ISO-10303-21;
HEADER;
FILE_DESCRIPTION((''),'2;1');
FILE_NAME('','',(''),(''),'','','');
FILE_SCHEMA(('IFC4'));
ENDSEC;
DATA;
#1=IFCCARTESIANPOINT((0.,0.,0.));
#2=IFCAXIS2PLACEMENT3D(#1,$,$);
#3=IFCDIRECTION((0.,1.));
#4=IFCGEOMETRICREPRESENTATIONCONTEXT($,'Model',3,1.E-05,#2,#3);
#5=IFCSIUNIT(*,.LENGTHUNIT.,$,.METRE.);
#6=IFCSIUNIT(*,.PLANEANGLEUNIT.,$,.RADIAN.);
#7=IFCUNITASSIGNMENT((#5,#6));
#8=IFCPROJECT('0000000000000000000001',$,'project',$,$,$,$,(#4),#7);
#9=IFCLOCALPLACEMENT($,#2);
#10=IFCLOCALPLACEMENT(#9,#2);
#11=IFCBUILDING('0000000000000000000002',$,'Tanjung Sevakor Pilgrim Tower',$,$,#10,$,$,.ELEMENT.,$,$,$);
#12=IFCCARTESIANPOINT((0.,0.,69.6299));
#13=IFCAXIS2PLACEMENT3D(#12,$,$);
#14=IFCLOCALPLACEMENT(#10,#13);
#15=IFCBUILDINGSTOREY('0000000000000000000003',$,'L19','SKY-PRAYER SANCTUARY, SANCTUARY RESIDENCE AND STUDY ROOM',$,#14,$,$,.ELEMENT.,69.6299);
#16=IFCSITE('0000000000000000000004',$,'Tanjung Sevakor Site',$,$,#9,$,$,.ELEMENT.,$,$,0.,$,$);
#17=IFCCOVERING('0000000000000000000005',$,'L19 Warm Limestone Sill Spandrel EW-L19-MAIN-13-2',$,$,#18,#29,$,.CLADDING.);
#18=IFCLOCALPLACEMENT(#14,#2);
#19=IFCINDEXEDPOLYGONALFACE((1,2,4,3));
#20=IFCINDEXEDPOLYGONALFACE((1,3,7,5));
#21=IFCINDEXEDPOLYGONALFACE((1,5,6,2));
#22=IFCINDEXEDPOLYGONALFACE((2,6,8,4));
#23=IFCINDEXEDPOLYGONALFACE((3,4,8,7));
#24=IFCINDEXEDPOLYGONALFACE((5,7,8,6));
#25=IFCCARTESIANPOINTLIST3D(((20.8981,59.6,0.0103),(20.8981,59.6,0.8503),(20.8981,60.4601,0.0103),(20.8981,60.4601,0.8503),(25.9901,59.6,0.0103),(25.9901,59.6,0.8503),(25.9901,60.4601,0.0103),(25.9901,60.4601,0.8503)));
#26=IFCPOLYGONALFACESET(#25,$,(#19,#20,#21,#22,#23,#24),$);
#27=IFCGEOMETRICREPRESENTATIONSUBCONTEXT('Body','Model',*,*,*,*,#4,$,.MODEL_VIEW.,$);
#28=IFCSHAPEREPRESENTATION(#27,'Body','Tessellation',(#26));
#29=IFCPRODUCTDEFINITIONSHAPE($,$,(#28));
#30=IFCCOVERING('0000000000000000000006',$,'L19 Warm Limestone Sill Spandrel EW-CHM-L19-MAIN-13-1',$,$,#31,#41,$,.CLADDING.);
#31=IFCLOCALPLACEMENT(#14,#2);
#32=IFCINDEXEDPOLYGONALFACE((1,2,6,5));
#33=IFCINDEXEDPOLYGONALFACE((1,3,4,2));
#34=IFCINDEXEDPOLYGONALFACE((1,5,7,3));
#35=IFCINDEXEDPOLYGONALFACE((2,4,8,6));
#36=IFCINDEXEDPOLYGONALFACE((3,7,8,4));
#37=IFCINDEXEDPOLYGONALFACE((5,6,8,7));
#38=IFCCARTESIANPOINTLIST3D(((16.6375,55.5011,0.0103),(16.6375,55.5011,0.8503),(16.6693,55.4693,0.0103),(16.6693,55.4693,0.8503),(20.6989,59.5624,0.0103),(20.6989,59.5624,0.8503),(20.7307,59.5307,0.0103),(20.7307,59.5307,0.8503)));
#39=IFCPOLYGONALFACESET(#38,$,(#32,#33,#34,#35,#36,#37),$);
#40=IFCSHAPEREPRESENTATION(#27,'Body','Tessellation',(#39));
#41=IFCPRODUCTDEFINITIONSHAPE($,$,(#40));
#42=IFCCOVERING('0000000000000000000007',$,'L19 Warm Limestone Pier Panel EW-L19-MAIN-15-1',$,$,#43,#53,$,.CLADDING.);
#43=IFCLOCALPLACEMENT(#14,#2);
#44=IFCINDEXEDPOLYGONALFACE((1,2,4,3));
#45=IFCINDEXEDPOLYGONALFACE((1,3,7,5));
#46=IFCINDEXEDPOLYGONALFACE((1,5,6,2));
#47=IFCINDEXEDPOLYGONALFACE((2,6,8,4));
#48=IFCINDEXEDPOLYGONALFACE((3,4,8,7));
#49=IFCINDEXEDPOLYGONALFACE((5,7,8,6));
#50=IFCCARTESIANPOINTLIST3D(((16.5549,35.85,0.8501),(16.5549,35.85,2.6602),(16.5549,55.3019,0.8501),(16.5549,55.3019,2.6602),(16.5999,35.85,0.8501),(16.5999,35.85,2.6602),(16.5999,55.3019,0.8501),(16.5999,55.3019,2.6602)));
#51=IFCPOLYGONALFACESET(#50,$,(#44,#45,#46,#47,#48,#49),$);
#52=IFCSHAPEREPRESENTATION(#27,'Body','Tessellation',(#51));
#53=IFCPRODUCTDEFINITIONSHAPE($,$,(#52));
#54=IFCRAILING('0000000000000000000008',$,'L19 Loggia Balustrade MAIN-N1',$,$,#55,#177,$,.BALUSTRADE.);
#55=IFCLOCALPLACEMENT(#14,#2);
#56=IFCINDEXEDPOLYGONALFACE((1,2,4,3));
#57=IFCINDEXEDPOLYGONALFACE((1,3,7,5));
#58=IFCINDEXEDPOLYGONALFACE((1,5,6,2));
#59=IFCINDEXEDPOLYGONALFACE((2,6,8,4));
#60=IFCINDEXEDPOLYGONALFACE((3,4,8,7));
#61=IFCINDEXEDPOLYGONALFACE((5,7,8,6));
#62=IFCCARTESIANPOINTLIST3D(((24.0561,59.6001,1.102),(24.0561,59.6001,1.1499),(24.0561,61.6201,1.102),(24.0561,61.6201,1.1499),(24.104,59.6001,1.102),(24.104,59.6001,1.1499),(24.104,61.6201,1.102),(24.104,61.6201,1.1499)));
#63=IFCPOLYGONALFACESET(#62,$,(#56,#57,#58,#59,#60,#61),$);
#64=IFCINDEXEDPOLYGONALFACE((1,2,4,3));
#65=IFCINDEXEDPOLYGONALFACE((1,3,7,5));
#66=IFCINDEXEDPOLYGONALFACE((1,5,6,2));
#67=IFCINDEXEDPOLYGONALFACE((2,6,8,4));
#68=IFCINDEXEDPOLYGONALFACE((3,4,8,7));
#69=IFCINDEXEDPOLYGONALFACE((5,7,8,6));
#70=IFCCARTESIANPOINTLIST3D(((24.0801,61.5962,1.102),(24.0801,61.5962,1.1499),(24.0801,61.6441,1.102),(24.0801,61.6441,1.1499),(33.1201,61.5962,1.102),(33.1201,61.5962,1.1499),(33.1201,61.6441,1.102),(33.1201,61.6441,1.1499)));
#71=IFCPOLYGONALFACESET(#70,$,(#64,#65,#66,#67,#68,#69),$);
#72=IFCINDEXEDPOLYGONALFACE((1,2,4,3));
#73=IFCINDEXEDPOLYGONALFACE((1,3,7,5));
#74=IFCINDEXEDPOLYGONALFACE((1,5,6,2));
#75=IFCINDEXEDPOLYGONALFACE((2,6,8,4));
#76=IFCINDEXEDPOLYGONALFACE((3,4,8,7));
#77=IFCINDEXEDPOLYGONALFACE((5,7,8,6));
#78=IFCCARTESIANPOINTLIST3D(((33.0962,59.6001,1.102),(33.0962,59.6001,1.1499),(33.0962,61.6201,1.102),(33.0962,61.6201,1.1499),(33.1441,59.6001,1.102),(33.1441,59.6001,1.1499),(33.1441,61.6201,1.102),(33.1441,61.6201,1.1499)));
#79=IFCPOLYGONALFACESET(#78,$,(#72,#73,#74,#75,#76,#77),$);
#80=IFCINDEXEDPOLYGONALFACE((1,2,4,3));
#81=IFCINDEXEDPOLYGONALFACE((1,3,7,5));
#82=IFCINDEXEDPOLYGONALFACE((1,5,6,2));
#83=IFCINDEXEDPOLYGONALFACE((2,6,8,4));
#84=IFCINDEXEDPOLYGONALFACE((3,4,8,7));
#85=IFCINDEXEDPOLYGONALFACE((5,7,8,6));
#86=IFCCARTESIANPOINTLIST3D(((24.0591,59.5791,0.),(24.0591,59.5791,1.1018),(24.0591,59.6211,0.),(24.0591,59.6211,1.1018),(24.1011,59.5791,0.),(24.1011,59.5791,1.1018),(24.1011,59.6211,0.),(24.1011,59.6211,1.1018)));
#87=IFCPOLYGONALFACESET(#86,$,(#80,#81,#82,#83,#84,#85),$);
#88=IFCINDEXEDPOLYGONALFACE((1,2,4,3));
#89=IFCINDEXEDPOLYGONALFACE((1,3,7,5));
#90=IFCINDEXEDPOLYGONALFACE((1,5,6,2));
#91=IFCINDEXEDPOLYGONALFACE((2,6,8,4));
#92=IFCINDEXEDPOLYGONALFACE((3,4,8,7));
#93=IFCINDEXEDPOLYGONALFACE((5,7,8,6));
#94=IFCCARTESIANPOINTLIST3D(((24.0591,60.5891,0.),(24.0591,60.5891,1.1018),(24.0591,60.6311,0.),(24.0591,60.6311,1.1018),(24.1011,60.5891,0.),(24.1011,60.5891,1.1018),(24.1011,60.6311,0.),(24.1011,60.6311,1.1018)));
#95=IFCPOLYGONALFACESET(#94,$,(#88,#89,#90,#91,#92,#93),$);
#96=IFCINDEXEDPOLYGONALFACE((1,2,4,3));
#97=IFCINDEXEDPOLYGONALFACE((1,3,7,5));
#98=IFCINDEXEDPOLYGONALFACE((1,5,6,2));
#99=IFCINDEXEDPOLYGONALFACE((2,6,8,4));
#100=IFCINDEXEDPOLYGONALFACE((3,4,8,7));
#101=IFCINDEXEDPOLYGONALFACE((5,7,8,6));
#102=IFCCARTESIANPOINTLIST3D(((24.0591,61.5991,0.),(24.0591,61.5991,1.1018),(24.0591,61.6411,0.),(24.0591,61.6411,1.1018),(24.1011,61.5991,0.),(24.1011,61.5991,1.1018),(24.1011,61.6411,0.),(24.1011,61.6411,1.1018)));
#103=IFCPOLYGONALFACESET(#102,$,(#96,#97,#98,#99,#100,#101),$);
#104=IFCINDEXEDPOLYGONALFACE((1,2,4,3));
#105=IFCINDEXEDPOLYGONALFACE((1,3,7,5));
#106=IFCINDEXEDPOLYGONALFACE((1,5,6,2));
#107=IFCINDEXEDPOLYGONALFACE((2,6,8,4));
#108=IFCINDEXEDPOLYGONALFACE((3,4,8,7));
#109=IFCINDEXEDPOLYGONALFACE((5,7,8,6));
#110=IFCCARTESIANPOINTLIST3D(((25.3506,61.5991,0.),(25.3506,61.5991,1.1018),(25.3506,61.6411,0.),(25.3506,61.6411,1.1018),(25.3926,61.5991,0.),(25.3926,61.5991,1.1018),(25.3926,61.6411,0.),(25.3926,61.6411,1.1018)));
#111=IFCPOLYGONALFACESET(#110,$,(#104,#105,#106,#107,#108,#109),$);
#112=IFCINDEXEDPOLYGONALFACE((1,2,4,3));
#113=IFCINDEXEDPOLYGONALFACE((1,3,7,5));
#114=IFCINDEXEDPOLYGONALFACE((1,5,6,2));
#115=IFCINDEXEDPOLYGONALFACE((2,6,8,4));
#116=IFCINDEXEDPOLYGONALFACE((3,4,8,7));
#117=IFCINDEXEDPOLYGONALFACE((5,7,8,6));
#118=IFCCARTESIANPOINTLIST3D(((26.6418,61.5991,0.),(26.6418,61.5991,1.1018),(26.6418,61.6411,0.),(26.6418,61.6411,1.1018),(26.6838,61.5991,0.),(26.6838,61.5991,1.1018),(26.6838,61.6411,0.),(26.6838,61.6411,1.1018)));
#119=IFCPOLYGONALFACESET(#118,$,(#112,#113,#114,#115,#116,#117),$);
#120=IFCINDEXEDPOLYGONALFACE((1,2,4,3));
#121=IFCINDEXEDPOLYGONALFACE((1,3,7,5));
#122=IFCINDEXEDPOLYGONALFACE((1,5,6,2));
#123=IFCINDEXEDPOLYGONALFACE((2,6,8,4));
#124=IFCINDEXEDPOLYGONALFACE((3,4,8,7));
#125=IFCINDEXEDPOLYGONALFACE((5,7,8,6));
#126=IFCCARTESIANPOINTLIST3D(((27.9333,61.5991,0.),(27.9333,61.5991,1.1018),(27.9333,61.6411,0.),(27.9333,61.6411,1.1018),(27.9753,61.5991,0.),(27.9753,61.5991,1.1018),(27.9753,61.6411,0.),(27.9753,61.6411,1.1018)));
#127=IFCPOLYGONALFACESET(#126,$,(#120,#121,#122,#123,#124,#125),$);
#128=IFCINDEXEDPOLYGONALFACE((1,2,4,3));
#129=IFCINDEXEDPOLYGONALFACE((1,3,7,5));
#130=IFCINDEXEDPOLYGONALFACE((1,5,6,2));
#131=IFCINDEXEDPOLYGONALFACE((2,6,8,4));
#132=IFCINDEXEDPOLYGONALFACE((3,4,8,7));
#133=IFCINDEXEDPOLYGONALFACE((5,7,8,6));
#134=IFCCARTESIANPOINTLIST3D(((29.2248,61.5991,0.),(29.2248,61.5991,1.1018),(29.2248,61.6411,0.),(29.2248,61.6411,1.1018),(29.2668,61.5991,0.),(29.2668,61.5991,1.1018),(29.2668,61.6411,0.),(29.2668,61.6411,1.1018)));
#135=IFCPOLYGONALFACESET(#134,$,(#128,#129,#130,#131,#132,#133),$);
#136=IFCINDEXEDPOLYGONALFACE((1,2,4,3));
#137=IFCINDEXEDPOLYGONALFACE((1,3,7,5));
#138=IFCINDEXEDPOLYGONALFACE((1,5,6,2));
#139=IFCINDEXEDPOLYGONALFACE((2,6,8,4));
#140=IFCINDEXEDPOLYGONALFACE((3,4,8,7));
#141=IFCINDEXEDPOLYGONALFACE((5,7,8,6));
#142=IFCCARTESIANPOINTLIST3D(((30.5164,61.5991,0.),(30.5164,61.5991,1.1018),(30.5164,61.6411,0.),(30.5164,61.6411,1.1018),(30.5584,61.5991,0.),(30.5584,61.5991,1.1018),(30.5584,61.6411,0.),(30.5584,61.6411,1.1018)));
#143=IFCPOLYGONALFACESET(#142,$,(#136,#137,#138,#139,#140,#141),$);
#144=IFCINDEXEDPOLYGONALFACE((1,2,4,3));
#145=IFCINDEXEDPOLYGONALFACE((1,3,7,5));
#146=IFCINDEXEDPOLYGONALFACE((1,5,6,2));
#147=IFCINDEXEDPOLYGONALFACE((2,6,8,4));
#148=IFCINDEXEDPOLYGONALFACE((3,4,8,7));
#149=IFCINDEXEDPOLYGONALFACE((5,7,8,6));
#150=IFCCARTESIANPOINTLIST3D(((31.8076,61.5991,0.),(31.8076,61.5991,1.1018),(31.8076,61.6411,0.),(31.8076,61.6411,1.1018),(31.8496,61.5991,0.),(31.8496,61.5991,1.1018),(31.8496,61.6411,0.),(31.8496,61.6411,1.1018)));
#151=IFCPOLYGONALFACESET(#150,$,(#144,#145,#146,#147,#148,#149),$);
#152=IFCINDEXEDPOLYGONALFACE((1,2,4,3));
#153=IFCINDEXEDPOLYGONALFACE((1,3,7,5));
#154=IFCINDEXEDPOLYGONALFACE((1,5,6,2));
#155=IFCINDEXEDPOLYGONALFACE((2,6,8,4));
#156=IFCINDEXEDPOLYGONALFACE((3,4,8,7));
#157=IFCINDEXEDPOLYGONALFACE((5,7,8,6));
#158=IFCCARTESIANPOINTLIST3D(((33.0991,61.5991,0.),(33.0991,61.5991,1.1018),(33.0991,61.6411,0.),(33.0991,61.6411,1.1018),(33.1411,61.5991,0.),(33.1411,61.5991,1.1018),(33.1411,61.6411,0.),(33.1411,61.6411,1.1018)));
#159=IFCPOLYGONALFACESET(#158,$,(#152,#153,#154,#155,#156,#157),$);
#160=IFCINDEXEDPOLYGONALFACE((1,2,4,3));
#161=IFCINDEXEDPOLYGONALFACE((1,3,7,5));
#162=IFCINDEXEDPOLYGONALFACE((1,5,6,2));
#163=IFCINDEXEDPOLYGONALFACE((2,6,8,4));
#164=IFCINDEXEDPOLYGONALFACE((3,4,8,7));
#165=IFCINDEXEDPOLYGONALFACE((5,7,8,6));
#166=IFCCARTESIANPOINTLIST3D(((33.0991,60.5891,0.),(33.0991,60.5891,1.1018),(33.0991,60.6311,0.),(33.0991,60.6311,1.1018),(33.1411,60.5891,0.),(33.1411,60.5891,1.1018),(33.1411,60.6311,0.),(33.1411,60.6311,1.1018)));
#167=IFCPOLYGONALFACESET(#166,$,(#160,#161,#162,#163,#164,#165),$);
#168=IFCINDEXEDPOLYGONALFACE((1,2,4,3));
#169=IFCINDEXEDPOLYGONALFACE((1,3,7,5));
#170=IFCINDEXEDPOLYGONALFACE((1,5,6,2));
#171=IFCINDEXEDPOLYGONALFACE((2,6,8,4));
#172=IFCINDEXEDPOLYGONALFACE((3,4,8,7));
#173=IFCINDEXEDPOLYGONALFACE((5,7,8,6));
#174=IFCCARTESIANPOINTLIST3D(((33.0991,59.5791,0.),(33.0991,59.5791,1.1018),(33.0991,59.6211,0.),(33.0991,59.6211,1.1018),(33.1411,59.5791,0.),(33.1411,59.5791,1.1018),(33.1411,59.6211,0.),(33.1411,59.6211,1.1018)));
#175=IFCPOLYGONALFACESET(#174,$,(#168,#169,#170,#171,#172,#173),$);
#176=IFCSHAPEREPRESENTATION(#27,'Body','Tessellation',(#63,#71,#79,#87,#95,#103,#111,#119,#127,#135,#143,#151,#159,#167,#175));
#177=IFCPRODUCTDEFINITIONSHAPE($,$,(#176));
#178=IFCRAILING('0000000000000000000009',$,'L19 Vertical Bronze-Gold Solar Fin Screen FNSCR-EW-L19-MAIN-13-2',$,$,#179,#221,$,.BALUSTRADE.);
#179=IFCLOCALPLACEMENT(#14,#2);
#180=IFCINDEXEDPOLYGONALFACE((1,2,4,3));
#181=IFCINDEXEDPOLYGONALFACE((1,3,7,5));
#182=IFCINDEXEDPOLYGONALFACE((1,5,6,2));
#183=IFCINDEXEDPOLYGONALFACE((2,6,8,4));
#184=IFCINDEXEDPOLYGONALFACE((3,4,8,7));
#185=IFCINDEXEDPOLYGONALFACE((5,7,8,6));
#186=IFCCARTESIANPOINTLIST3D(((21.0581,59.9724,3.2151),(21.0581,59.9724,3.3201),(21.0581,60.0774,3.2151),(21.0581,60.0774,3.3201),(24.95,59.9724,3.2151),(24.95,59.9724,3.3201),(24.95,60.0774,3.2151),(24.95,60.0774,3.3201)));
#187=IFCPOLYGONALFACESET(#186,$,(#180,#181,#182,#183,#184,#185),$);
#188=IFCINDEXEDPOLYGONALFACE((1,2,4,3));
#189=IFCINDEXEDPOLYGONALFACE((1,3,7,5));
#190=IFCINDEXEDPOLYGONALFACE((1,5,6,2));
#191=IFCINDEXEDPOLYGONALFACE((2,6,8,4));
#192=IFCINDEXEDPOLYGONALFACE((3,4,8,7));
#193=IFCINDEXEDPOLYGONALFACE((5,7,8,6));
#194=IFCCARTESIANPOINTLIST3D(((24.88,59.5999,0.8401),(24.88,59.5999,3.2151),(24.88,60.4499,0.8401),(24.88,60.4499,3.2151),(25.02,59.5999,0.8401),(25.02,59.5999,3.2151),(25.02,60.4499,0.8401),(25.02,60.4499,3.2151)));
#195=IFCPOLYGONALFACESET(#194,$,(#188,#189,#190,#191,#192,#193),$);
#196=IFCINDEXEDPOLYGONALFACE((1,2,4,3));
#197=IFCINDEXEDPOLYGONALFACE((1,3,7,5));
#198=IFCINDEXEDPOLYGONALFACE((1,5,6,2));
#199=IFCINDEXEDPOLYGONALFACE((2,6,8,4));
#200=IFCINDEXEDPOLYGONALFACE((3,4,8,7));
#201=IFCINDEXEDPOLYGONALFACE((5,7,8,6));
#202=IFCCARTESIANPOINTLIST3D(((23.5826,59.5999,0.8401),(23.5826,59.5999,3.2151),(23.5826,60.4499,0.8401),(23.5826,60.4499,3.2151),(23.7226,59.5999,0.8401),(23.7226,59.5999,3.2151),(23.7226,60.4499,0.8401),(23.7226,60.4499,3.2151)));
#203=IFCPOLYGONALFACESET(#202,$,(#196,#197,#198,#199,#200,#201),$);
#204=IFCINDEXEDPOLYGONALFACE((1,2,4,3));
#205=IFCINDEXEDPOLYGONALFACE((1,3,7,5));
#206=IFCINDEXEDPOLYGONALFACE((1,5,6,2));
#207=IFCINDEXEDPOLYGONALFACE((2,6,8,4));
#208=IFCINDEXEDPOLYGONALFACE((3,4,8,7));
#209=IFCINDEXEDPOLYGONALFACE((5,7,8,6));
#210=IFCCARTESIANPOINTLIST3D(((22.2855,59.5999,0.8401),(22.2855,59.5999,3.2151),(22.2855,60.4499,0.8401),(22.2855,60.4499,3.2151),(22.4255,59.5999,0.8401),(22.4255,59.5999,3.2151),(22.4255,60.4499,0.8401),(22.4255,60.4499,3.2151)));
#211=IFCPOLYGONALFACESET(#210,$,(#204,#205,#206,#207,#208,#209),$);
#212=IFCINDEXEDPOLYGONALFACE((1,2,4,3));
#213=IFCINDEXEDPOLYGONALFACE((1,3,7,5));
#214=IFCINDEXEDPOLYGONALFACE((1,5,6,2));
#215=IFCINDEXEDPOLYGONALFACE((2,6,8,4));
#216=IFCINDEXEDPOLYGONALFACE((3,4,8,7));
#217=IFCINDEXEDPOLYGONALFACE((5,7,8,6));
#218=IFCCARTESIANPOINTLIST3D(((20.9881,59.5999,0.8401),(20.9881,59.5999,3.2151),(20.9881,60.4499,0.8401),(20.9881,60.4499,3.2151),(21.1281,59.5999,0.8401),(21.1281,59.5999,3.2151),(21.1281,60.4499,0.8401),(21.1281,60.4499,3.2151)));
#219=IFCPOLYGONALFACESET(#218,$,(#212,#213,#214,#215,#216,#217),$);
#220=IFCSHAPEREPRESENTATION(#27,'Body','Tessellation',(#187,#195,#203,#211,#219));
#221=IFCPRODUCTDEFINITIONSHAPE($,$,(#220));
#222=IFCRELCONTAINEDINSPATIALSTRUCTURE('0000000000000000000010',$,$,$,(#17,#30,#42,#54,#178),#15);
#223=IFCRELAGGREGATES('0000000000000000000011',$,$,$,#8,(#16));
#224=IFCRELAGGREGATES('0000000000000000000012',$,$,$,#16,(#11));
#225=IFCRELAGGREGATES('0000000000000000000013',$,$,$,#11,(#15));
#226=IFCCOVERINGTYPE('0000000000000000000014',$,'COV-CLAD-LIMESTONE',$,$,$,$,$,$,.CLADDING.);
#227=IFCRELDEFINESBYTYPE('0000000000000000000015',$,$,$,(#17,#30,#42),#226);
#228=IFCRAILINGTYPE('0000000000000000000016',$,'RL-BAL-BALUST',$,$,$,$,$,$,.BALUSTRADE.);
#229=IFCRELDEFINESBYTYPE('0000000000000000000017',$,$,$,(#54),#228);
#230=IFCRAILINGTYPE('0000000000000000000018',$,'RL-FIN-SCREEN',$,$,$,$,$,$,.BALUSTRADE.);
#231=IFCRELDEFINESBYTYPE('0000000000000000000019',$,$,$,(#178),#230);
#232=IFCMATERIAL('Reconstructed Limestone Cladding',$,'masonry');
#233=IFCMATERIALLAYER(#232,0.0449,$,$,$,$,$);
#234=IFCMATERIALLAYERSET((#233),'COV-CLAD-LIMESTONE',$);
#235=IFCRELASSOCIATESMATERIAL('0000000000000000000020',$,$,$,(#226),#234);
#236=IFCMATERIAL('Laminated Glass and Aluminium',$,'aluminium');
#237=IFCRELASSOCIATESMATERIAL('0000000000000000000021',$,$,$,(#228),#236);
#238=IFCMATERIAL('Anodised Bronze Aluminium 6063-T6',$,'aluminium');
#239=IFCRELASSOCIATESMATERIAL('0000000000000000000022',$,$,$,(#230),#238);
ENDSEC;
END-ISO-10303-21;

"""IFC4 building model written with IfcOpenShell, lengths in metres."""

from ifc_helpers import new_model, si_unit, direction, frame, origin, origin_2d, place, context, subcontext, project, spatial, rectangle, extrude, material, layer, layer_set, type_object, element, save


model = new_model("IFC4")

# Units and contexts
model_context = context("Model", 3, precision=1e-05, world=origin(), true_north=direction((0.0, 1.0)))
body_context = subcontext(model_context, "Body", "Model", "MODEL_VIEW")
ifc_project = project(units=[si_unit("LENGTHUNIT", "METRE"), si_unit("PLANEANGLEUNIT", "RADIAN")], contexts=[model_context])

# Site, building, storey
site_placement = place(None, origin())
site = spatial("IfcSite", under=ifc_project, at=site_placement, Name="Tanjung Sevakor Site", CompositionType="ELEMENT", RefElevation=0.0)
building_placement = place(site_placement, origin())
building = spatial("IfcBuilding", under=site, at=building_placement, Name="Tanjung Sevakor Pilgrim Tower", CompositionType="ELEMENT")
storey_placement = place(building_placement, frame((0.0, 0.0, 69.6299)))
storey = spatial("IfcBuildingStorey", under=building, at=storey_placement, Name="L19", Description="SKY-PRAYER SANCTUARY, SANCTUARY RESIDENCE AND STUDY ROOM", CompositionType="ELEMENT", Elevation=69.6299)

# Coverings
ifc_material_1 = material(Name="Reconstructed Limestone Cladding", Category="masonry")
ifc_layer_1 = layer(ifc_material_1, 0.0449)
ifc_layer_set_1 = layer_set([ifc_layer_1], Name="COV-CLAD-LIMESTONE")
covering_type = type_object("IfcCoveringType", Name="COV-CLAD-LIMESTONE", PredefinedType="CLADDING", material=ifc_layer_set_1)
covering_1_placement = place(storey_placement, frame((23.4441, 60.03, 0.0103), z_axis=(0.0, 0.0, 1.0), x_axis=(-1.0, 0.0, 0.0)))
element("IfcCovering", 1, at=covering_1_placement, inside=storey, type_object=covering_type, Name="L19 Warm Limestone Sill Spandrel EW-L19-MAIN-13-2", PredefinedType="CLADDING", context=body_context, shape_type="SweptSolid", body=[
    extrude(rectangle(XDim=5.092, YDim=0.8601, at=origin_2d()), origin(), (0.0, 0.0, 1.0), 0.8401),
])
covering_2_placement = place(storey_placement, frame((18.6841, 57.5159, 0.0103), z_axis=(0.0, 0.0, 1.0), x_axis=(-0.707107, -0.707107, 0.0)))
element("IfcCovering", 2, at=covering_2_placement, inside=storey, type_object=covering_type, Name="L19 Warm Limestone Sill Spandrel EW-CHM-L19-MAIN-13-1", PredefinedType="CLADDING", context=body_context, shape_type="SweptSolid", body=[
    extrude(rectangle(XDim=5.7437, YDim=0.0449, at=origin_2d()), origin(), (0.0, 0.0, 1.0), 0.8401),
])
covering_3_placement = place(storey_placement, frame((16.5774, 45.5759, 0.8501), z_axis=(0.0, 0.0, 1.0), x_axis=(0.0, -1.0, 0.0)))
element("IfcCovering", 3, at=covering_3_placement, inside=storey, type_object=covering_type, Name="L19 Warm Limestone Pier Panel EW-L19-MAIN-15-1", PredefinedType="CLADDING", context=body_context, shape_type="SweptSolid", body=[
    extrude(rectangle(XDim=19.4519, YDim=0.0449, at=origin_2d()), origin(), (0.0, 0.0, 1.0), 1.8101),
])

# Railings
ifc_material_2 = material(Name="Laminated Glass and Aluminium", Category="aluminium")
railing_type_1 = type_object("IfcRailingType", Name="RL-BAL-BALUST", PredefinedType="BALUSTRADE", material=ifc_material_2)
railing_1_placement = place(storey_placement, frame((24.0801, 59.6001, 0.0)))
element("IfcRailing", 4, at=railing_1_placement, inside=storey, type_object=railing_type_1, Name="L19 Loggia Balustrade MAIN-N1", PredefinedType="BALUSTRADE", context=body_context, shape_type="SweptSolid", body=[
    extrude(rectangle(XDim=0.0479, YDim=0.0479), frame((0.0, 0.0, 1.126), z_axis=(0.0, 1.0, 0.0), x_axis=(-1.0, 0.0, 0.0)), (0.0, 0.0, 1.0), 2.02),
    extrude(rectangle(XDim=0.0479, YDim=0.0479), frame((0.0, 2.02, 1.126), z_axis=(1.0, 0.0, 0.0), x_axis=(0.0, 1.0, 0.0)), (0.0, 0.0, 1.0), 9.04),
    extrude(rectangle(XDim=0.0479, YDim=0.0479), frame((9.04, 2.02, 1.126), z_axis=(0.0, -1.0, 0.0), x_axis=(1.0, 0.0, 0.0)), (0.0, 0.0, 1.0), 2.02),
    extrude(rectangle(XDim=0.042, YDim=0.042), origin(), (0.0, 0.0, 1.0), 1.1018),
    extrude(rectangle(XDim=0.042, YDim=0.042), frame((0.0, 1.01, 0.0)), (0.0, 0.0, 1.0), 1.1018),
    extrude(rectangle(XDim=0.042, YDim=0.042), frame((0.0, 2.02, 0.0)), (0.0, 0.0, 1.0), 1.1018),
    extrude(rectangle(XDim=0.042, YDim=0.042), frame((1.2915, 2.02, 0.0)), (0.0, 0.0, 1.0), 1.1018),
    extrude(rectangle(XDim=0.042, YDim=0.042), frame((2.5828, 2.02, 0.0)), (0.0, 0.0, 1.0), 1.1018),
    extrude(rectangle(XDim=0.042, YDim=0.042), frame((3.8743, 2.02, 0.0)), (0.0, 0.0, 1.0), 1.1018),
    extrude(rectangle(XDim=0.042, YDim=0.042), frame((5.1658, 2.02, 0.0)), (0.0, 0.0, 1.0), 1.1018),
    extrude(rectangle(XDim=0.042, YDim=0.042), frame((6.4573, 2.02, 0.0)), (0.0, 0.0, 1.0), 1.1018),
    extrude(rectangle(XDim=0.042, YDim=0.042), frame((7.7485, 2.02, 0.0)), (0.0, 0.0, 1.0), 1.1018),
    extrude(rectangle(XDim=0.042, YDim=0.042), frame((9.04, 2.02, 0.0)), (0.0, 0.0, 1.0), 1.1018),
    extrude(rectangle(XDim=0.042, YDim=0.042), frame((9.04, 1.01, 0.0)), (0.0, 0.0, 1.0), 1.1018),
    extrude(rectangle(XDim=0.042, YDim=0.042), frame((9.04, 0.0, 0.0)), (0.0, 0.0, 1.0), 1.1018),
])
ifc_material_3 = material(Name="Anodised Bronze Aluminium 6063-T6", Category="aluminium")
railing_type_2 = type_object("IfcRailingType", Name="RL-FIN-SCREEN", PredefinedType="BALUSTRADE", material=ifc_material_3)
railing_2_placement = place(storey_placement, frame((24.95, 60.0249, 0.8401)))
element("IfcRailing", 5, at=railing_2_placement, inside=storey, type_object=railing_type_2, Name="L19 Vertical Bronze-Gold Solar Fin Screen FNSCR-EW-L19-MAIN-13-2", PredefinedType="BALUSTRADE", context=body_context, shape_type="SweptSolid", body=[
    extrude(rectangle(XDim=0.105, YDim=0.105), frame((0.0, 0.0, 2.4275), z_axis=(-1.0, 0.0, 0.0), x_axis=(0.0, -1.0, 0.0)), (0.0, 0.0, 1.0), 3.8918),
    extrude(rectangle(XDim=0.14, YDim=0.85), origin(), (0.0, 0.0, 1.0), 2.375),
    extrude(rectangle(XDim=0.14, YDim=0.85), frame((-1.2974, 0.0, 0.0)), (0.0, 0.0, 1.0), 2.375),
    extrude(rectangle(XDim=0.14, YDim=0.85), frame((-2.5945, 0.0, 0.0)), (0.0, 0.0, 1.0), 2.375),
    extrude(rectangle(XDim=0.14, YDim=0.85), frame((-3.8918, 0.0, 0.0)), (0.0, 0.0, 1.0), 2.375),
])

save(model, "model.ifc")
